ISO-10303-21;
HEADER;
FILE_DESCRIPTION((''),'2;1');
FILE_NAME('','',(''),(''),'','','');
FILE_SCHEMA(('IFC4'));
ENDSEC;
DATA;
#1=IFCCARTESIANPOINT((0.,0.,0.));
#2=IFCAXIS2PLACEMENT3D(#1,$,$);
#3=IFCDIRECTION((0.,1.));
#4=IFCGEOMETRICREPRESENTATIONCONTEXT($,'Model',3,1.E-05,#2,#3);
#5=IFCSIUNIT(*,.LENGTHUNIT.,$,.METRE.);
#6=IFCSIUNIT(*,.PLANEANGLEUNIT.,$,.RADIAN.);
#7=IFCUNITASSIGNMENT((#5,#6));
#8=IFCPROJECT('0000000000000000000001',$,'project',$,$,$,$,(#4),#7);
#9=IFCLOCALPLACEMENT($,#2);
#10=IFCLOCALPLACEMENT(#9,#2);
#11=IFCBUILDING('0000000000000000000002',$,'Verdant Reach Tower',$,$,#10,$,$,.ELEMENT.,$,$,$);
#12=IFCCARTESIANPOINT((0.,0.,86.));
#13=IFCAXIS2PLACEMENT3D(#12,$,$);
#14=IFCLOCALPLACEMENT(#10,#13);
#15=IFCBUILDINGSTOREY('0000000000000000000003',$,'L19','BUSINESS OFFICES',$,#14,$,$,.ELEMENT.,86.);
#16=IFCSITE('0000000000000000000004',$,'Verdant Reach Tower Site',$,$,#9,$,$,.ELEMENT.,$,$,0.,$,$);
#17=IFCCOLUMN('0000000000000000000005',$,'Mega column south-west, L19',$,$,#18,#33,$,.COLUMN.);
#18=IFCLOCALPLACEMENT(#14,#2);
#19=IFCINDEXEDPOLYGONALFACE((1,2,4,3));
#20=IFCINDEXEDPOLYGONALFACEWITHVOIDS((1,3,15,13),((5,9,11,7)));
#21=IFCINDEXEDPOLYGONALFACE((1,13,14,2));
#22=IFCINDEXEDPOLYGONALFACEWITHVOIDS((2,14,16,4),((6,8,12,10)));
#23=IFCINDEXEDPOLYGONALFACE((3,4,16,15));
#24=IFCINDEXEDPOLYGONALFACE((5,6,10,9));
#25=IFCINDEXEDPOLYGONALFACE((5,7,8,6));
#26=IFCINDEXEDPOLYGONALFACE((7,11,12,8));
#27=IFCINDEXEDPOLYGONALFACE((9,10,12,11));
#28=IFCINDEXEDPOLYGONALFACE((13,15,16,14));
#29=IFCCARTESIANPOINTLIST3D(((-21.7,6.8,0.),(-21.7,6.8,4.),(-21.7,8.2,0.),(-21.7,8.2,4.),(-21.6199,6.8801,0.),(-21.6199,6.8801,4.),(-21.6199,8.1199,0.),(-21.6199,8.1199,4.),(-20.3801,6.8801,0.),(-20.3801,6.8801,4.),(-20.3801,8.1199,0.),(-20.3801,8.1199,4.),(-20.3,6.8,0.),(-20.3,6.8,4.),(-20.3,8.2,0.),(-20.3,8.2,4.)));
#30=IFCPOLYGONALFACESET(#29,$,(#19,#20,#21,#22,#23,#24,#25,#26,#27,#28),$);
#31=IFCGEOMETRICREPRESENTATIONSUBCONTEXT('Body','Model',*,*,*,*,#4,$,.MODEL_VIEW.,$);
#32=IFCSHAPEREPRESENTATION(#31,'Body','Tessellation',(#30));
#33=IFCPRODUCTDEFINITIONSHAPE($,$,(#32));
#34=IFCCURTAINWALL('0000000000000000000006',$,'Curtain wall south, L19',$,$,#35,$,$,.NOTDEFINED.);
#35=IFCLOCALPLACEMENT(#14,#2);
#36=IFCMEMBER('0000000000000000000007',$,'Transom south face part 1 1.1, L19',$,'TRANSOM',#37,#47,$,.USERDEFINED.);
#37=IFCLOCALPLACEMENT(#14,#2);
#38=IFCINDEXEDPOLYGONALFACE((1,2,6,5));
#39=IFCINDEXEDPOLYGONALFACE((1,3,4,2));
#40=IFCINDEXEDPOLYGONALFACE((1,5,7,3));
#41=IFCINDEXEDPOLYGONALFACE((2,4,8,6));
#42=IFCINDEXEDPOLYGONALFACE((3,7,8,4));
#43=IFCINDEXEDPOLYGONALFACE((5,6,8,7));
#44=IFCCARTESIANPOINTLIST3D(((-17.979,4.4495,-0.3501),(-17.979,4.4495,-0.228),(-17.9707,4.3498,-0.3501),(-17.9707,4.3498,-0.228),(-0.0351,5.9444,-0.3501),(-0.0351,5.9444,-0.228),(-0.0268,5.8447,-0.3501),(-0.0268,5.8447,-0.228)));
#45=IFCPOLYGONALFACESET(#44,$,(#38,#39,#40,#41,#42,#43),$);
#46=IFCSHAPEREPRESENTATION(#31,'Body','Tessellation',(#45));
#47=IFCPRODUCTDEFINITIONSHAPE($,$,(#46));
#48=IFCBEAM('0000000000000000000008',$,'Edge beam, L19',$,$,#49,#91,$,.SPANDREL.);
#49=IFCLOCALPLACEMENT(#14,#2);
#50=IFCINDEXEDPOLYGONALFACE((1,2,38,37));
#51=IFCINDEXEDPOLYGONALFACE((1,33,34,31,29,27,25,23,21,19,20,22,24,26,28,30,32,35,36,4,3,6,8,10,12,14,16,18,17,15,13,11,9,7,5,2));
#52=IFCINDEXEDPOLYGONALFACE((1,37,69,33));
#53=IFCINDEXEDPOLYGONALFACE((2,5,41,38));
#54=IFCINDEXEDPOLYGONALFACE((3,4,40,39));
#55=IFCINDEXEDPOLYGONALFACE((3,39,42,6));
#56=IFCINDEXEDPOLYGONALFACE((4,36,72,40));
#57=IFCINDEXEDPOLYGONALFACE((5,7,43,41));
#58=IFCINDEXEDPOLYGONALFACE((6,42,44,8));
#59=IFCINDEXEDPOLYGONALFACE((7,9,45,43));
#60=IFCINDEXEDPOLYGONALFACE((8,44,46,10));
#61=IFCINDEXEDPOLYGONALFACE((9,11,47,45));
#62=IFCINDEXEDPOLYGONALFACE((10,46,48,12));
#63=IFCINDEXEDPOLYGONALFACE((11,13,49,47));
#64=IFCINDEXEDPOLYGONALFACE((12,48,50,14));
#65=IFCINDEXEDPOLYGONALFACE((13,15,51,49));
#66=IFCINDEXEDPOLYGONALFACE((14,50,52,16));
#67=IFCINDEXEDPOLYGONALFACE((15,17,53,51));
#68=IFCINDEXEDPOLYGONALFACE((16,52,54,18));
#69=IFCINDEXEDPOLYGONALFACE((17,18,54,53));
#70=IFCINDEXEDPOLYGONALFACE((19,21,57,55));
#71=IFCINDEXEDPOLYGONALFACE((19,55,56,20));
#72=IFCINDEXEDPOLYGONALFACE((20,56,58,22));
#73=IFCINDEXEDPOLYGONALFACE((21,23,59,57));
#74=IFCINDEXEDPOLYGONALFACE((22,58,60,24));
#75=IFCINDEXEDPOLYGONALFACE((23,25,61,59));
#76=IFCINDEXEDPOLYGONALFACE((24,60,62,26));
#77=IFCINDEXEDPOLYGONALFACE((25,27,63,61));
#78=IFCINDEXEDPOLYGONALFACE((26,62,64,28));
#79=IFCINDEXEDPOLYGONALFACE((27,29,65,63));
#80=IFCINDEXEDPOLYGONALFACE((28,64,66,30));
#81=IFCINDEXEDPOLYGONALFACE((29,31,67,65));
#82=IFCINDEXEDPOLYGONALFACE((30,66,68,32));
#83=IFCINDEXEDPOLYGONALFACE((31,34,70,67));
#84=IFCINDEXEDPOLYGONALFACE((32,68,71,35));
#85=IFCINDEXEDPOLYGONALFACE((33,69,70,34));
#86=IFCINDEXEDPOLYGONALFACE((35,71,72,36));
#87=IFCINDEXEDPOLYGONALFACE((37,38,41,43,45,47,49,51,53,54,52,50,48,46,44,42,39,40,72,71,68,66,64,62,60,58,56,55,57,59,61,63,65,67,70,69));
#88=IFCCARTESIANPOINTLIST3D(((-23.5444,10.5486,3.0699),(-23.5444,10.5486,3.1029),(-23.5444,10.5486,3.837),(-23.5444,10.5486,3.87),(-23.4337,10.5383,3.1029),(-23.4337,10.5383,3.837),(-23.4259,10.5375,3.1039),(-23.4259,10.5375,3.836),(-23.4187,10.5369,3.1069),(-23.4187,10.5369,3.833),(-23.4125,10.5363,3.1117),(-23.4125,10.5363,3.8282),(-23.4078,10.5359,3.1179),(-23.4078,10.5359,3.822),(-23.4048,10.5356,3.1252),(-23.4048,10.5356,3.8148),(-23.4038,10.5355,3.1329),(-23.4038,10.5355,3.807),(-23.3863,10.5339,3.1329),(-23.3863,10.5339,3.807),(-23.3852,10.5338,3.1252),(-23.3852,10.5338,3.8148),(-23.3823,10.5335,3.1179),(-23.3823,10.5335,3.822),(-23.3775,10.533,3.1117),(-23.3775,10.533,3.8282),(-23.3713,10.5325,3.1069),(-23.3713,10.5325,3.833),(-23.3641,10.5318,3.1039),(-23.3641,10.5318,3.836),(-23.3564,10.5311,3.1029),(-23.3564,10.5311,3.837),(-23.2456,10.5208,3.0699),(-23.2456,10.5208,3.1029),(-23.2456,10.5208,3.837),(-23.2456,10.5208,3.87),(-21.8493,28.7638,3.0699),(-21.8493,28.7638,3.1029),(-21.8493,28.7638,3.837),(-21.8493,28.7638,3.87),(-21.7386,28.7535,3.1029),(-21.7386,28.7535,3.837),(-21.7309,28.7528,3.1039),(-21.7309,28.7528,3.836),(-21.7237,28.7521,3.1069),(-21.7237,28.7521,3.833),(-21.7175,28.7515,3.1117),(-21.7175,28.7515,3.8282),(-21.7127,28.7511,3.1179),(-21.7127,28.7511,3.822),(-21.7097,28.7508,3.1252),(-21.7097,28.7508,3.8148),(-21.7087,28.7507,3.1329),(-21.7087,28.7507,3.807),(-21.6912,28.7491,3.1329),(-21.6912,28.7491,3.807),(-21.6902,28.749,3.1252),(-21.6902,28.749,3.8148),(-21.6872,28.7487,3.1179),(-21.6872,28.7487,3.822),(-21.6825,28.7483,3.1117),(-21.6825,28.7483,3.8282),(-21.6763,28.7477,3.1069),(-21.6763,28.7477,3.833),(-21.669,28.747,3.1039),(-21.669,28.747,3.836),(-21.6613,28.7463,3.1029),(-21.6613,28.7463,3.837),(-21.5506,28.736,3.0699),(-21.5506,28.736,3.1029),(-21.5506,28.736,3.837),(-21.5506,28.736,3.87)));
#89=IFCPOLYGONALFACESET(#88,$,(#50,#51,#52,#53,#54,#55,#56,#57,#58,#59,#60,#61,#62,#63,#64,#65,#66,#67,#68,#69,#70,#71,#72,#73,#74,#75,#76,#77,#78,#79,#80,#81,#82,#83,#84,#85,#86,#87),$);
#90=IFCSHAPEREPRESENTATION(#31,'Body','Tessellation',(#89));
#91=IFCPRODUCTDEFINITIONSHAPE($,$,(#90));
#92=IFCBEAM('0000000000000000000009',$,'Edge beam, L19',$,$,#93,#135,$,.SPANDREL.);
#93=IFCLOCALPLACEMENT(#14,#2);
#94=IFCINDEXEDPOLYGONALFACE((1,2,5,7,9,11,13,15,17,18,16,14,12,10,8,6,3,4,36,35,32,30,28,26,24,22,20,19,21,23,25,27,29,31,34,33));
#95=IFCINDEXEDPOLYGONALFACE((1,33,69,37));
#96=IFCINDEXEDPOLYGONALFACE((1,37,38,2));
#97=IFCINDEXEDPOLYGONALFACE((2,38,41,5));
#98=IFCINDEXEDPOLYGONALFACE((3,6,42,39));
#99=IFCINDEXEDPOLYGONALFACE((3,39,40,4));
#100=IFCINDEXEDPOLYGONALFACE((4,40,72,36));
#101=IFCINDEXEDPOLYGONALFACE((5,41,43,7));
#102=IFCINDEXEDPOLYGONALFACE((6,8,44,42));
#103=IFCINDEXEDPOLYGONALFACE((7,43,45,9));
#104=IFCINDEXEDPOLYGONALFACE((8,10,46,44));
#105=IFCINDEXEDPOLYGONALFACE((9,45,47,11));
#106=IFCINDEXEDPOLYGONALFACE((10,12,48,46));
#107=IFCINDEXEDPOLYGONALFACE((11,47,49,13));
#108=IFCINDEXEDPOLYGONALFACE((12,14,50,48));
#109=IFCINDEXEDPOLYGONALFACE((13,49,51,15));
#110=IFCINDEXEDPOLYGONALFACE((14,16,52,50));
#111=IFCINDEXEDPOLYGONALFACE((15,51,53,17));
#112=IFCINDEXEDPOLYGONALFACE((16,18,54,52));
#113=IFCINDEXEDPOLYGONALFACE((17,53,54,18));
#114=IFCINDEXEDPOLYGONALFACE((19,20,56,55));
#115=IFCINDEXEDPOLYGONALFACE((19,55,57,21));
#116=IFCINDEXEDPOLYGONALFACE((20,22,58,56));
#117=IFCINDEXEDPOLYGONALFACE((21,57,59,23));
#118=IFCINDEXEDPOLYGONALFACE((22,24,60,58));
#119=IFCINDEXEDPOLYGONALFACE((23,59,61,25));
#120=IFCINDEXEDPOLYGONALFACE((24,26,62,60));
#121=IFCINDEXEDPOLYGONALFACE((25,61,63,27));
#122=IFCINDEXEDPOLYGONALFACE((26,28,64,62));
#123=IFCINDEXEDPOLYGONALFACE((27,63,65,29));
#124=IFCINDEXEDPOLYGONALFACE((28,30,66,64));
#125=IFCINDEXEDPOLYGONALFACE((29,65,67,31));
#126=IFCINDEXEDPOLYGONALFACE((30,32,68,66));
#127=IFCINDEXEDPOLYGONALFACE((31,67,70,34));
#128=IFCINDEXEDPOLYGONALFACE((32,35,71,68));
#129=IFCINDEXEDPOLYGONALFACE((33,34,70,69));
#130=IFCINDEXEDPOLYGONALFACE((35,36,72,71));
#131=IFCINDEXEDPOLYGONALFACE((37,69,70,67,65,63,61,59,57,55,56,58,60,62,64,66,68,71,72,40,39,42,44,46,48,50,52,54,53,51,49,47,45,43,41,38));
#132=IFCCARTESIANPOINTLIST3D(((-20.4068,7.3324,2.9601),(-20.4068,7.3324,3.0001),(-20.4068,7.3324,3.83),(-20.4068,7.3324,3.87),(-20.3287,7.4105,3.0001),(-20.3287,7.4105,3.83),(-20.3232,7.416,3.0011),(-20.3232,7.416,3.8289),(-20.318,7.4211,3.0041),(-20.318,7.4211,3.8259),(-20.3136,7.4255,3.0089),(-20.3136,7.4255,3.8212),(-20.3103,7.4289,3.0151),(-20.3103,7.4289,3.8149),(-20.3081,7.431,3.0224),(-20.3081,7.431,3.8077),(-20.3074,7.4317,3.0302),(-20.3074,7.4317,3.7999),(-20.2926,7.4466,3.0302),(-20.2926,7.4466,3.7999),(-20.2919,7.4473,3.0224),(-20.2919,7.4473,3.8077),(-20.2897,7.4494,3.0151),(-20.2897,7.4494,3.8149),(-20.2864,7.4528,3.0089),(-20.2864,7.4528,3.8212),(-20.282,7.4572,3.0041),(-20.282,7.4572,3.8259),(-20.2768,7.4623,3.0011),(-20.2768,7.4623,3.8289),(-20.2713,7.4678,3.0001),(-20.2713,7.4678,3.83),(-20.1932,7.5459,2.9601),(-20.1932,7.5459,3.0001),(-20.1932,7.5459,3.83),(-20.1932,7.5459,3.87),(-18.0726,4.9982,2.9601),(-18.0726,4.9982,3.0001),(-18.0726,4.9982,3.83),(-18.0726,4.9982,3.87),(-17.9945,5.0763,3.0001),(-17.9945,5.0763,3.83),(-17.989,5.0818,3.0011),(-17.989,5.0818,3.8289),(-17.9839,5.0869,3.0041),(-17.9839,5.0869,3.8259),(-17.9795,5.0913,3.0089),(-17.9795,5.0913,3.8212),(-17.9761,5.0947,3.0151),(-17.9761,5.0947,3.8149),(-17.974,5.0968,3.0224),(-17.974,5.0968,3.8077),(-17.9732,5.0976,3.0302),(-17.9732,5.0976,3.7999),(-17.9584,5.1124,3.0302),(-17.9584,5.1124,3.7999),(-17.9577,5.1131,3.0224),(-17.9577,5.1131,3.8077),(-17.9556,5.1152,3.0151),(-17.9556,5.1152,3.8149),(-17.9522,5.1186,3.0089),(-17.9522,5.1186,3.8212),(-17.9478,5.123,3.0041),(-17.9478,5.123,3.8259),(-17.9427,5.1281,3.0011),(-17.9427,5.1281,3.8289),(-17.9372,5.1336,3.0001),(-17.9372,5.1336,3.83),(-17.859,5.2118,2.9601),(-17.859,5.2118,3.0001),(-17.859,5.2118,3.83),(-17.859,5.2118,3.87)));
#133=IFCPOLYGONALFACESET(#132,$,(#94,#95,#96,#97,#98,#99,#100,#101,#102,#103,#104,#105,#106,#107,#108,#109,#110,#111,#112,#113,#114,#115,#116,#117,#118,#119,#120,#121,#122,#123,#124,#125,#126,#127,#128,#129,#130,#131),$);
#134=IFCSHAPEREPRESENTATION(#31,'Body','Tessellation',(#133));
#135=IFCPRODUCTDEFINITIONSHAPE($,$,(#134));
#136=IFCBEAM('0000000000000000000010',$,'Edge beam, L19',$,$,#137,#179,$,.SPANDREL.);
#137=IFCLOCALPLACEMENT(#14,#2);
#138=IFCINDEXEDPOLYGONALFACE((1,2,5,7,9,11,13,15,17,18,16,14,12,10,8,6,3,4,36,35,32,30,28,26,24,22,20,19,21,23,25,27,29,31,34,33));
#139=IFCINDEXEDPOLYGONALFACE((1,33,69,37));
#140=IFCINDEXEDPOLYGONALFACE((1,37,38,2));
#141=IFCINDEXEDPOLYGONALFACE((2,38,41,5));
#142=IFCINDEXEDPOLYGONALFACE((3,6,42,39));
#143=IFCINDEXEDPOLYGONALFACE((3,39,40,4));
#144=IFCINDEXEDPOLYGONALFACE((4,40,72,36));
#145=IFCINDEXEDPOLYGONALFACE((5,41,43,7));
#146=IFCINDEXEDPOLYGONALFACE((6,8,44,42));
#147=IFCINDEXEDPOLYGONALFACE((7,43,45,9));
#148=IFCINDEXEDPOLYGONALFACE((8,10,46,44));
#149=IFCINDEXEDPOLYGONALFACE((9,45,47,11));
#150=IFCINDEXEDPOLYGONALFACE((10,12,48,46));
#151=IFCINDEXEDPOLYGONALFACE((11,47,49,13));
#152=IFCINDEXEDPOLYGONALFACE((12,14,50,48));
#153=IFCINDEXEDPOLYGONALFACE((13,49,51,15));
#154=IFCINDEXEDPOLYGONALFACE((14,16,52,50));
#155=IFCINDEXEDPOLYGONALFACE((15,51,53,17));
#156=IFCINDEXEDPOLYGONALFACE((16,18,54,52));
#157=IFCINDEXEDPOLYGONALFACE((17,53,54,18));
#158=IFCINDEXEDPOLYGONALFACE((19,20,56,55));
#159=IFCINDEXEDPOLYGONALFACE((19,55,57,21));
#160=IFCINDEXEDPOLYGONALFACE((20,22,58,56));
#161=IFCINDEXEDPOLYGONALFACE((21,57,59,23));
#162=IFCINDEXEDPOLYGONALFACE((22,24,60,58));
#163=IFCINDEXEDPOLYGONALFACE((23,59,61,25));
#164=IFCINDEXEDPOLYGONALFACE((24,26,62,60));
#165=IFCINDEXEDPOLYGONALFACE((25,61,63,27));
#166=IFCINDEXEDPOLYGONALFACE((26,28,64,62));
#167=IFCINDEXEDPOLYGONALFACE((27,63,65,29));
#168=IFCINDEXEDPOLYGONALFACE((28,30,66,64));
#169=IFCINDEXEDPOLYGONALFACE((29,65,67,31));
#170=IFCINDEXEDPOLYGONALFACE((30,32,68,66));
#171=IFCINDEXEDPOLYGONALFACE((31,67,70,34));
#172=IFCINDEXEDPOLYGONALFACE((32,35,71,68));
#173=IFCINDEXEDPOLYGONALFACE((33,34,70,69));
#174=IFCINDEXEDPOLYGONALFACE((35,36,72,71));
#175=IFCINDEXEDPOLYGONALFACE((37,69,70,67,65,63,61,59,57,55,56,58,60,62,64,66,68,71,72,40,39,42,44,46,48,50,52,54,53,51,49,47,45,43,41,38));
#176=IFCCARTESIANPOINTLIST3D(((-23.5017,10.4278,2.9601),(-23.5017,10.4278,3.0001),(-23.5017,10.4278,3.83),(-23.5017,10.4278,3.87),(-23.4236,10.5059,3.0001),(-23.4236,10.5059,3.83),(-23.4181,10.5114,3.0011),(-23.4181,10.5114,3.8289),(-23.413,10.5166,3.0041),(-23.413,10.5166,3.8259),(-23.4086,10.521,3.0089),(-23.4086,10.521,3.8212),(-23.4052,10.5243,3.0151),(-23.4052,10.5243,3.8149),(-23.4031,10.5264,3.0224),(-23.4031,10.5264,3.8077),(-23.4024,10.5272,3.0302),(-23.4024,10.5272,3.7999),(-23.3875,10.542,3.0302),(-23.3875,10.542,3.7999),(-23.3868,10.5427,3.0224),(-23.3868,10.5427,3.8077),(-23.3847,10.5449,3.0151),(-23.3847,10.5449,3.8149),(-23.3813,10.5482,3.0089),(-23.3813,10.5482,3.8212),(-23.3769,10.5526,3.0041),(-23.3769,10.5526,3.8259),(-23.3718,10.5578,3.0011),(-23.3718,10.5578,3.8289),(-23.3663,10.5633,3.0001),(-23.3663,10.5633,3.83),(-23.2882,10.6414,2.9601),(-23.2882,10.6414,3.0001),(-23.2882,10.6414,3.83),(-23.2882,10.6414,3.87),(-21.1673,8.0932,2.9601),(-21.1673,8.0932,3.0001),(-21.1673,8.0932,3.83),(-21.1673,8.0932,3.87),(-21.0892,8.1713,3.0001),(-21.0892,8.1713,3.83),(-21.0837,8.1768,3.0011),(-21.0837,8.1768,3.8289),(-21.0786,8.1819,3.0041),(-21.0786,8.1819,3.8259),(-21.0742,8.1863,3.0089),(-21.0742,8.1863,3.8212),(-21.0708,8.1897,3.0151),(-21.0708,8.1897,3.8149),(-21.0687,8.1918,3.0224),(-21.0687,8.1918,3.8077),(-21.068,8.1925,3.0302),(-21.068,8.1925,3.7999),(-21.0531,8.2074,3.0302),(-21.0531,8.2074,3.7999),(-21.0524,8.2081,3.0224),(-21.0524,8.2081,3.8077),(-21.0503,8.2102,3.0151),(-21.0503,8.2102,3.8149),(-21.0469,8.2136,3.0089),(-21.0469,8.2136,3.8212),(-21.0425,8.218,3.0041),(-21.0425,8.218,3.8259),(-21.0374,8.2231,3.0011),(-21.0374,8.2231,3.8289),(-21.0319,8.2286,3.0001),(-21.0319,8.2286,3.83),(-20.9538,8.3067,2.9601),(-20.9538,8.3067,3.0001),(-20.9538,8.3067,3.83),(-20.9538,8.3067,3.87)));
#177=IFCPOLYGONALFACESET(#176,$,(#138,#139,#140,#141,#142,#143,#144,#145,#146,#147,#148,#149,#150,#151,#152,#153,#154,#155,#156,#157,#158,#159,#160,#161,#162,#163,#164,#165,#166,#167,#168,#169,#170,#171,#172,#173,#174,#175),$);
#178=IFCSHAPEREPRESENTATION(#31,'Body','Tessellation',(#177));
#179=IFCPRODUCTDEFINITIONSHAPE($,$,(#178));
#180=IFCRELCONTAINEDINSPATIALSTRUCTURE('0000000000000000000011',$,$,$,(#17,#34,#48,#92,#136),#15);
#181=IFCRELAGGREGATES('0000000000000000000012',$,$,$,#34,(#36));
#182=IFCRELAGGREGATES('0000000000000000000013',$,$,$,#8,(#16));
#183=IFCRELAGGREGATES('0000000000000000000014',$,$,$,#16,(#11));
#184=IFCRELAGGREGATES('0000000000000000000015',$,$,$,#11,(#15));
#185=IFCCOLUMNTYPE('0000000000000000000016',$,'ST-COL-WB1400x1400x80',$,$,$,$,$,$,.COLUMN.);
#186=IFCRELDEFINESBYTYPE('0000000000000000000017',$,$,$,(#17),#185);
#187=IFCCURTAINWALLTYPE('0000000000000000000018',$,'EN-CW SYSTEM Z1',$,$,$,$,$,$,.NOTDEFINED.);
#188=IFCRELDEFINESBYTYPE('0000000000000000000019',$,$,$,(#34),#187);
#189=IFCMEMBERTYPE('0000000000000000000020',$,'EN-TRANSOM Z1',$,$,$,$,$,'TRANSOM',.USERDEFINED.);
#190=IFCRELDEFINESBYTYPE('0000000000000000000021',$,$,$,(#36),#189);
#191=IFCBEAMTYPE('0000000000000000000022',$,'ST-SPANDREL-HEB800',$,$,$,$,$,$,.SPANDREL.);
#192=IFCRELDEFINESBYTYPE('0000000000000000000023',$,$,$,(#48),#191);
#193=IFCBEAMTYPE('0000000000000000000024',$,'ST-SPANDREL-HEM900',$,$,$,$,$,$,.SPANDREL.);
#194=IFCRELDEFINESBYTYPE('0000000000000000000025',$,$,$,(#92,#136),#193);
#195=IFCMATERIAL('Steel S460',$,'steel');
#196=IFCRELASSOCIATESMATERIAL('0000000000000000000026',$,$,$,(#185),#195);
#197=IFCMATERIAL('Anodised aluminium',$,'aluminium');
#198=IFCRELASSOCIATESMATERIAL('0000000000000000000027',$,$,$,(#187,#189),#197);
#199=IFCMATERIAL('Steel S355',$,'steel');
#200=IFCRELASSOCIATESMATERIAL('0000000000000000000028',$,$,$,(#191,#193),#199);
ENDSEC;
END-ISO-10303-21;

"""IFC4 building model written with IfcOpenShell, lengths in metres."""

from ifc_helpers import new_model, si_unit, direction, frame, origin, origin_2d, place, context, subcontext, project, spatial, rectangle, hollow_rectangle, i_section, extrude, material, material_profile, profile_set, type_object, element, aggregate, save


model = new_model("IFC4")

# Units and contexts
model_context = context("Model", 3, precision=1e-05, world=origin(), true_north=direction((0.0, 1.0)))
body_context = subcontext(model_context, "Body", "Model", "MODEL_VIEW")
ifc_project = project(units=[si_unit("LENGTHUNIT", "METRE"), si_unit("PLANEANGLEUNIT", "RADIAN")], contexts=[model_context])

# Site, building, storey
site_placement = place(None, origin())
site = spatial("IfcSite", under=ifc_project, at=site_placement, Name="Verdant Reach Tower Site", CompositionType="ELEMENT", RefElevation=0.0)
building_placement = place(site_placement, origin())
building = spatial("IfcBuilding", under=site, at=building_placement, Name="Verdant Reach Tower", CompositionType="ELEMENT")
storey_placement = place(building_placement, frame((0.0, 0.0, 86.0)))
storey = spatial("IfcBuildingStorey", under=building, at=storey_placement, Name="L19", Description="BUSINESS OFFICES", CompositionType="ELEMENT", Elevation=86.0)

# Column
ifc_material_1 = material(Name="Steel S460", Category="steel")
ifc_material_profile_1 = material_profile(ifc_material_1, hollow_rectangle(XDim=1.3999, YDim=1.3999, WallThickness=0.0801, at=origin_2d()), Name="WB 1400x1400x80")
ifc_profile_set_1 = profile_set([ifc_material_profile_1], Name="Steel S460")
column_type = type_object("IfcColumnType", Name="ST-COL-WB1400x1400x80", PredefinedType="COLUMN", material=ifc_profile_set_1)
column_placement = place(storey_placement, frame((-21.0, 7.5, 0.0), z_axis=(0.0, 0.0, 1.0), x_axis=(1.0, 0.0, 0.0)))
element("IfcColumn", 1, at=column_placement, inside=storey, type_object=column_type, Name="Mega column south-west, L19", PredefinedType="COLUMN", context=body_context, shape_type="SweptSolid", body=[
    extrude(hollow_rectangle(XDim=1.3999, YDim=1.3999, WallThickness=0.0801, at=origin_2d()), origin(), (0.0, 0.0, 1.0), 4.0),
])

# Curtain wall, member
ifc_material_2 = material(Name="Anodised aluminium", Category="aluminium")
curtain_wall_type = type_object("IfcCurtainWallType", Name="EN-CW SYSTEM Z1", PredefinedType="NOTDEFINED", material=ifc_material_2)
curtain_wall_1_placement = place(storey_placement, origin())
curtain_wall_1 = element("IfcCurtainWall", 2, at=curtain_wall_1_placement, inside=storey, type_object=curtain_wall_type, Name="Curtain wall south, L19", PredefinedType="NOTDEFINED")
ifc_material_profile_2 = material_profile(ifc_material_2, rectangle(XDim=0.1001, YDim=0.1221, at=origin_2d()), Name="Transom 122x100")
ifc_profile_set_2 = profile_set([ifc_material_profile_2], Name="Anodised aluminium")
member_type = type_object("IfcMemberType", Name="EN-TRANSOM Z1", ElementType="TRANSOM", PredefinedType="USERDEFINED", material=ifc_profile_set_2)
member_placement = place(storey_placement, frame((-17.9749, 4.3997, -0.2891), z_axis=(0.996548, 0.083021, 0.0), x_axis=(-0.083021, 0.996548, 0.0)))
member = element("IfcMember", 3, at=member_placement, type_object=member_type, Name="Transom south face part 1 1.1, L19", ObjectType="TRANSOM", PredefinedType="USERDEFINED", context=body_context, shape_type="SweptSolid", body=[
    extrude(rectangle(XDim=0.1001, YDim=0.1221, at=origin_2d()), origin(), (0.0, 0.0, 1.0), 18.0061),
])

# Beams
ifc_material_3 = material(Name="Steel S355", Category="steel")
ifc_material_profile_3 = material_profile(ifc_material_3, i_section(OverallWidth=0.3, OverallDepth=0.8, WebThickness=0.0176, FlangeThickness=0.033, FilletRadius=0.03, at=origin_2d()), Name="HEB 800")
ifc_profile_set_3 = profile_set([ifc_material_profile_3], Name="Steel S355")
beam_type_1 = type_object("IfcBeamType", Name="ST-SPANDREL-HEB800", PredefinedType="SPANDREL", material=ifc_profile_set_3)
beam_1_placement = place(storey_placement, frame((-23.395, 10.5347, 3.47), z_axis=(0.092657, 0.995698, 0.0), x_axis=(-0.995698, 0.092657, 0.0)))
element("IfcBeam", 4, at=beam_1_placement, inside=storey, type_object=beam_type_1, Name="Edge beam, L19", PredefinedType="SPANDREL", context=body_context, shape_type="SweptSolid", body=[
    extrude(i_section(OverallWidth=0.3, OverallDepth=0.8, WebThickness=0.0176, FlangeThickness=0.033, FilletRadius=0.03, at=origin_2d()), origin(), (0.0, 0.0, 1.0), 18.2939),
])
ifc_material_profile_4 = material_profile(ifc_material_3, i_section(OverallWidth=0.302, OverallDepth=0.9099, WebThickness=0.021, FlangeThickness=0.04, FilletRadius=0.03, at=origin_2d()), Name="HEM 900")
ifc_profile_set_4 = profile_set([ifc_material_profile_4], Name="Steel S355")
beam_type_2 = type_object("IfcBeamType", Name="ST-SPANDREL-HEM900", PredefinedType="SPANDREL", material=ifc_profile_set_4)
beam_2_placement = place(storey_placement, frame((-17.9658, 5.105, 3.415), z_axis=(-0.707107, 0.707107, 0.0), x_axis=(-0.707107, -0.707107, 0.0)))
element("IfcBeam", 5, at=beam_2_placement, inside=storey, type_object=beam_type_2, Name="Edge beam, L19", PredefinedType="SPANDREL", context=body_context, shape_type="SweptSolid", body=[
    extrude(i_section(OverallWidth=0.302, OverallDepth=0.9099, WebThickness=0.021, FlangeThickness=0.04, FilletRadius=0.03, at=origin_2d()), origin(), (0.0, 0.0, 1.0), 3.301),
])
beam_3_placement = place(storey_placement, frame((-21.0605, 8.2, 3.415), z_axis=(-0.70707, 0.707144, 0.0), x_axis=(-0.707144, -0.70707, 0.0)))
element("IfcBeam", 6, at=beam_3_placement, inside=storey, type_object=beam_type_2, Name="Edge beam, L19", PredefinedType="SPANDREL", context=body_context, shape_type="SweptSolid", body=[
    extrude(i_section(OverallWidth=0.302, OverallDepth=0.9099, WebThickness=0.021, FlangeThickness=0.04, FilletRadius=0.03, at=origin_2d()), origin(), (0.0, 0.0, 1.0), 3.3015),
])

aggregate(curtain_wall_1, [member])

save(model, "model.ifc")
